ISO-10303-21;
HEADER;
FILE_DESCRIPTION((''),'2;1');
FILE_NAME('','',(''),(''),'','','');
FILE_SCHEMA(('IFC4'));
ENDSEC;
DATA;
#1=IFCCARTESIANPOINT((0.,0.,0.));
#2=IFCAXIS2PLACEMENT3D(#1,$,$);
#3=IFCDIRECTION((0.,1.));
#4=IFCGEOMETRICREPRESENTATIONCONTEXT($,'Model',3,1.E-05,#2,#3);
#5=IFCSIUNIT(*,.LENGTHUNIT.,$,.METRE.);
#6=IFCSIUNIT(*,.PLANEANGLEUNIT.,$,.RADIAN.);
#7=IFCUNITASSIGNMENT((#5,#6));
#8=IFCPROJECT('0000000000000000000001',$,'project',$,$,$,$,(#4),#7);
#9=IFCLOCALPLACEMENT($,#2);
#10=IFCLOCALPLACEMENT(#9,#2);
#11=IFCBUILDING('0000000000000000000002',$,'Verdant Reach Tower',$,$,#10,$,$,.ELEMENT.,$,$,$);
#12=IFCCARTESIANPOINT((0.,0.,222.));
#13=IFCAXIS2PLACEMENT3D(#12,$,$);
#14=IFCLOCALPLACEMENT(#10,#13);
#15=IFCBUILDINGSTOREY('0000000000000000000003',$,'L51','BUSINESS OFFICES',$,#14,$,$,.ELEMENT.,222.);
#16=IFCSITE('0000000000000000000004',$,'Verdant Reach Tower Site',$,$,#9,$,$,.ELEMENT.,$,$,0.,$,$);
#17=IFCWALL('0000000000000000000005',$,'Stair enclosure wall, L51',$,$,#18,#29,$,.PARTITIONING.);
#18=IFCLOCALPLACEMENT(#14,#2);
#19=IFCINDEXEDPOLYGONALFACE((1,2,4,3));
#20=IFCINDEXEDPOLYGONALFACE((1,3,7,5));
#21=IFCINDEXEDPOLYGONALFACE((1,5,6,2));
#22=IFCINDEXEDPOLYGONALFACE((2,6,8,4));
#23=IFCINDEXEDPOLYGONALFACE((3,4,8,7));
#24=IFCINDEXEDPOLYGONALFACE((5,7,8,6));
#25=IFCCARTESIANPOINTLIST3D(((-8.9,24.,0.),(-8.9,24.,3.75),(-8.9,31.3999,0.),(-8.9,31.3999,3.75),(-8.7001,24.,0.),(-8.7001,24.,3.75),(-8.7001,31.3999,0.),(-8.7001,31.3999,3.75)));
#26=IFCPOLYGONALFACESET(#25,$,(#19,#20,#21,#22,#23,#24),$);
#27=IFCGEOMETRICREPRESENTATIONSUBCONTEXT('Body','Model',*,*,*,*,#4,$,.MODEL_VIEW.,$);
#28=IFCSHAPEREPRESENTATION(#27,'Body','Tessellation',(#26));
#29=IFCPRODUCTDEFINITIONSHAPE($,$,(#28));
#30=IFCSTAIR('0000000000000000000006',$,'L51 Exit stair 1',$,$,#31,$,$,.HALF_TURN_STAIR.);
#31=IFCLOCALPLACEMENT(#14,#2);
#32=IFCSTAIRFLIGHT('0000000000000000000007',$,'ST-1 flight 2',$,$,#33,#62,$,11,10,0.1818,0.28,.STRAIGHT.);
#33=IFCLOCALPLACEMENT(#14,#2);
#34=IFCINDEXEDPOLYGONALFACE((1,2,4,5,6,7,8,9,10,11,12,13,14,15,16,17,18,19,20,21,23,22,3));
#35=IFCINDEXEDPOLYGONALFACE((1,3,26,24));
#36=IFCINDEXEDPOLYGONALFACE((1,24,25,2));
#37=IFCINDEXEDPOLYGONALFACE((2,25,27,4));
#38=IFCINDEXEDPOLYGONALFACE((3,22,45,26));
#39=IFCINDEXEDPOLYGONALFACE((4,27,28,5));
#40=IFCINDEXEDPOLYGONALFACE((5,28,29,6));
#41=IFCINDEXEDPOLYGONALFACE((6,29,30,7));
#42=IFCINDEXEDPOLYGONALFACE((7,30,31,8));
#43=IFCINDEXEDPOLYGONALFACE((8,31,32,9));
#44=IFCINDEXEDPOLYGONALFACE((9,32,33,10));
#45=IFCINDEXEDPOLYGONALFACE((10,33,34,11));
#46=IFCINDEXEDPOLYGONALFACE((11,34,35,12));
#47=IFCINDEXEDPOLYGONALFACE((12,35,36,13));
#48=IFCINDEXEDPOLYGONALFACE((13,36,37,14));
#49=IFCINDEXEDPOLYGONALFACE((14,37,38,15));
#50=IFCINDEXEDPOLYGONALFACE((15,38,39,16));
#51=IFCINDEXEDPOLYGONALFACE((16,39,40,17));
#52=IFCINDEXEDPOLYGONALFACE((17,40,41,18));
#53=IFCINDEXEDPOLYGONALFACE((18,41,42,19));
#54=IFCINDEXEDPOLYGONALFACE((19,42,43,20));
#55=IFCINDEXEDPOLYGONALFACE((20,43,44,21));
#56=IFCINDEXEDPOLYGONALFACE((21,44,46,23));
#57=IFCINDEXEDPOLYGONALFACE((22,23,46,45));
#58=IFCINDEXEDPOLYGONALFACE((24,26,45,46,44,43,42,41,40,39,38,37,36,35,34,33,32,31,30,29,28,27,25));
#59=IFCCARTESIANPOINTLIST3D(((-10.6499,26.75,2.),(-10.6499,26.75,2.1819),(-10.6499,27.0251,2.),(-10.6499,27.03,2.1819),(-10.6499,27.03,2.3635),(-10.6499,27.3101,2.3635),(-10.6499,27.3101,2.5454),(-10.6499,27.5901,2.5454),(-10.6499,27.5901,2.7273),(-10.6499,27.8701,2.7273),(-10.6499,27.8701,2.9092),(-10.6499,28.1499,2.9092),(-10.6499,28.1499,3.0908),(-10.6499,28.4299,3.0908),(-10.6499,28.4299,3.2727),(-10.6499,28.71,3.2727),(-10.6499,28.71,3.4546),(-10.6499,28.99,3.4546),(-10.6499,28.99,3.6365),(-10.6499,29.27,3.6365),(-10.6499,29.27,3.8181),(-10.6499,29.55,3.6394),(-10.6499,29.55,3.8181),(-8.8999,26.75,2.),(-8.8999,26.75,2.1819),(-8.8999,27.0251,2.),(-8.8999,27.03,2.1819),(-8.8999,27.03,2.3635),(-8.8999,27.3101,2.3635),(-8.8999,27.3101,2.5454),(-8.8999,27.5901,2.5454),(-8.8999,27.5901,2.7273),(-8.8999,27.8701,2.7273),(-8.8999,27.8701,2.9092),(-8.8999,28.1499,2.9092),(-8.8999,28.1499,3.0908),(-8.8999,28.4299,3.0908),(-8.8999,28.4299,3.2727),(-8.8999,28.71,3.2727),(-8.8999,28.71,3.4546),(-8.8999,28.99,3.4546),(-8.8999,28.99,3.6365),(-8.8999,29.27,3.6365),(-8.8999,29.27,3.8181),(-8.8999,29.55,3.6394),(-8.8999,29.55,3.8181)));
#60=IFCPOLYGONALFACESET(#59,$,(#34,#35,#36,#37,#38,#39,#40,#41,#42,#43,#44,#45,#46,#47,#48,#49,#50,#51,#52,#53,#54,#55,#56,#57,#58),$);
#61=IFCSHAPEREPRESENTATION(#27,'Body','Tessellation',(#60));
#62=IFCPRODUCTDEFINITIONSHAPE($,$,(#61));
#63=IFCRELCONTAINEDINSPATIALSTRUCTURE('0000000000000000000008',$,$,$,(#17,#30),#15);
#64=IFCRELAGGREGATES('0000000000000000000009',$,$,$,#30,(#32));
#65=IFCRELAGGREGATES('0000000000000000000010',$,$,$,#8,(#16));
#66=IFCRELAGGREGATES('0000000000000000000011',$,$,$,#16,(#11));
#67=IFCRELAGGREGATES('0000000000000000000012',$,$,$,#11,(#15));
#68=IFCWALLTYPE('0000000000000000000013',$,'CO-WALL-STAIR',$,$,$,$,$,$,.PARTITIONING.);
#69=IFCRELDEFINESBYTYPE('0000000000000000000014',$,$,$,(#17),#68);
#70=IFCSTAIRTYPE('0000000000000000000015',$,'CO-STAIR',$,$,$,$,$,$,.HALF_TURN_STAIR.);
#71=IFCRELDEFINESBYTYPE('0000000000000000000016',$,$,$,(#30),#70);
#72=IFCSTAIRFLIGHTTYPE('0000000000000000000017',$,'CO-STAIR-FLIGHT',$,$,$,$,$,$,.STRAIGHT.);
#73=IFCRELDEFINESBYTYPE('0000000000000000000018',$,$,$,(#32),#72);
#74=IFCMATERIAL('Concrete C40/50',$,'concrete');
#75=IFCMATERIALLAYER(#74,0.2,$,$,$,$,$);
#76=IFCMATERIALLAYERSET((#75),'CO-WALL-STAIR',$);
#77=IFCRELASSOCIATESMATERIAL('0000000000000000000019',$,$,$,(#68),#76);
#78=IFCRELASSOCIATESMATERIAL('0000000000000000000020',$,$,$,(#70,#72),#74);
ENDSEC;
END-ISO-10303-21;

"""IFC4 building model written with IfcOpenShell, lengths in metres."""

from ifc_helpers import new_model, si_unit, direction, frame, frame_2d, origin, place, context, subcontext, project, spatial, polyline, rectangle, outline, extrude, material, layer, layer_set, type_object, element, aggregate, save


model = new_model("IFC4")

# Units and contexts
model_context = context("Model", 3, precision=1e-05, world=origin(), true_north=direction((0.0, 1.0)))
body_context = subcontext(model_context, "Body", "Model", "MODEL_VIEW")
ifc_project = project(units=[si_unit("LENGTHUNIT", "METRE"), si_unit("PLANEANGLEUNIT", "RADIAN")], contexts=[model_context])

# Site, building, storey
site_placement = place(None, origin())
site = spatial("IfcSite", under=ifc_project, at=site_placement, Name="Verdant Reach Tower Site", CompositionType="ELEMENT", RefElevation=0.0)
building_placement = place(site_placement, origin())
building = spatial("IfcBuilding", under=site, at=building_placement, Name="Verdant Reach Tower", CompositionType="ELEMENT")
storey_placement = place(building_placement, frame((0.0, 0.0, 222.0)))
storey = spatial("IfcBuildingStorey", under=building, at=storey_placement, Name="L51", Description="BUSINESS OFFICES", CompositionType="ELEMENT", Elevation=222.0)

# Shared definitions
ifc_material_1 = material(Name="Concrete C40/50", Category="concrete")

# Wall
ifc_layer_1 = layer(ifc_material_1, 0.2)
ifc_layer_set_1 = layer_set([ifc_layer_1], Name="CO-WALL-STAIR")
wall_type_1 = type_object("IfcWallType", Name="CO-WALL-STAIR", PredefinedType="PARTITIONING", material=ifc_layer_set_1)
wall_1_placement = place(storey_placement, frame((-8.8, 24.0, 0.0), z_axis=(0.0, 0.0, 1.0), x_axis=(0.0, 1.0, 0.0)))
element("IfcWall", 1, at=wall_1_placement, inside=storey, type_object=wall_type_1, Name="Stair enclosure wall, L51", PredefinedType="PARTITIONING", context=body_context, shape_type="SweptSolid", body=[
    extrude(rectangle(XDim=7.3999, YDim=0.2, at=frame_2d((3.7, 0.0))), origin(), (0.0, 0.0, 1.0), 3.75),
])

# Stair, stair flight
stair_type = type_object("IfcStairType", Name="CO-STAIR", PredefinedType="HALF_TURN_STAIR", material=ifc_material_1)
stair_placement = place(storey_placement, origin())
stair = element("IfcStair", 2, at=stair_placement, inside=storey, type_object=stair_type, Name="L51 Exit stair 1", PredefinedType="HALF_TURN_STAIR")
stair_flight_type = type_object("IfcStairFlightType", Name="CO-STAIR-FLIGHT", PredefinedType="STRAIGHT", material=ifc_material_1)
stair_flight_placement = place(storey_placement, frame((-9.7749, 26.75, 2.0), z_axis=(0.0, 0.0, 1.0), x_axis=(0.0, 1.0, 0.0)))
stair_flight = element("IfcStairFlight", 3, at=stair_flight_placement, type_object=stair_flight_type, Name="ST-1 flight 2", NumberOfRisers=11, NumberOfTreads=10, PredefinedType="STRAIGHT", RiserHeight=0.1818, TreadLength=0.28, context=body_context, shape_type="SweptSolid", body=[
    extrude(outline(polyline([(0.0, 0.0), (0.0, 0.1819), (0.28, 0.1819), (0.28, 0.3635), (0.5601, 0.3635), (0.5601, 0.5454), (0.8401, 0.5454), (0.8401, 0.7273), (1.1201, 0.7273), (1.1201, 0.9092), (1.3999, 0.9092), (1.3999, 1.0908), (1.6799, 1.0908), (1.6799, 1.2727), (1.96, 1.2727), (1.96, 1.4546), (2.24, 1.4546), (2.24, 1.6365), (2.52, 1.6365), (2.52, 1.8181), (2.8, 1.8181), (2.8, 2.0), (2.8, 1.6394), (0.2751, 0.0), (0.0, 0.0)])), frame((0.0, 0.875, 0.0), z_axis=(0.0, -1.0, 0.0), x_axis=(1.0, 0.0, 0.0)), (0.0, 0.0, 1.0), 1.75),
])
aggregate(stair, [stair_flight])

save(model, "model.ifc")
